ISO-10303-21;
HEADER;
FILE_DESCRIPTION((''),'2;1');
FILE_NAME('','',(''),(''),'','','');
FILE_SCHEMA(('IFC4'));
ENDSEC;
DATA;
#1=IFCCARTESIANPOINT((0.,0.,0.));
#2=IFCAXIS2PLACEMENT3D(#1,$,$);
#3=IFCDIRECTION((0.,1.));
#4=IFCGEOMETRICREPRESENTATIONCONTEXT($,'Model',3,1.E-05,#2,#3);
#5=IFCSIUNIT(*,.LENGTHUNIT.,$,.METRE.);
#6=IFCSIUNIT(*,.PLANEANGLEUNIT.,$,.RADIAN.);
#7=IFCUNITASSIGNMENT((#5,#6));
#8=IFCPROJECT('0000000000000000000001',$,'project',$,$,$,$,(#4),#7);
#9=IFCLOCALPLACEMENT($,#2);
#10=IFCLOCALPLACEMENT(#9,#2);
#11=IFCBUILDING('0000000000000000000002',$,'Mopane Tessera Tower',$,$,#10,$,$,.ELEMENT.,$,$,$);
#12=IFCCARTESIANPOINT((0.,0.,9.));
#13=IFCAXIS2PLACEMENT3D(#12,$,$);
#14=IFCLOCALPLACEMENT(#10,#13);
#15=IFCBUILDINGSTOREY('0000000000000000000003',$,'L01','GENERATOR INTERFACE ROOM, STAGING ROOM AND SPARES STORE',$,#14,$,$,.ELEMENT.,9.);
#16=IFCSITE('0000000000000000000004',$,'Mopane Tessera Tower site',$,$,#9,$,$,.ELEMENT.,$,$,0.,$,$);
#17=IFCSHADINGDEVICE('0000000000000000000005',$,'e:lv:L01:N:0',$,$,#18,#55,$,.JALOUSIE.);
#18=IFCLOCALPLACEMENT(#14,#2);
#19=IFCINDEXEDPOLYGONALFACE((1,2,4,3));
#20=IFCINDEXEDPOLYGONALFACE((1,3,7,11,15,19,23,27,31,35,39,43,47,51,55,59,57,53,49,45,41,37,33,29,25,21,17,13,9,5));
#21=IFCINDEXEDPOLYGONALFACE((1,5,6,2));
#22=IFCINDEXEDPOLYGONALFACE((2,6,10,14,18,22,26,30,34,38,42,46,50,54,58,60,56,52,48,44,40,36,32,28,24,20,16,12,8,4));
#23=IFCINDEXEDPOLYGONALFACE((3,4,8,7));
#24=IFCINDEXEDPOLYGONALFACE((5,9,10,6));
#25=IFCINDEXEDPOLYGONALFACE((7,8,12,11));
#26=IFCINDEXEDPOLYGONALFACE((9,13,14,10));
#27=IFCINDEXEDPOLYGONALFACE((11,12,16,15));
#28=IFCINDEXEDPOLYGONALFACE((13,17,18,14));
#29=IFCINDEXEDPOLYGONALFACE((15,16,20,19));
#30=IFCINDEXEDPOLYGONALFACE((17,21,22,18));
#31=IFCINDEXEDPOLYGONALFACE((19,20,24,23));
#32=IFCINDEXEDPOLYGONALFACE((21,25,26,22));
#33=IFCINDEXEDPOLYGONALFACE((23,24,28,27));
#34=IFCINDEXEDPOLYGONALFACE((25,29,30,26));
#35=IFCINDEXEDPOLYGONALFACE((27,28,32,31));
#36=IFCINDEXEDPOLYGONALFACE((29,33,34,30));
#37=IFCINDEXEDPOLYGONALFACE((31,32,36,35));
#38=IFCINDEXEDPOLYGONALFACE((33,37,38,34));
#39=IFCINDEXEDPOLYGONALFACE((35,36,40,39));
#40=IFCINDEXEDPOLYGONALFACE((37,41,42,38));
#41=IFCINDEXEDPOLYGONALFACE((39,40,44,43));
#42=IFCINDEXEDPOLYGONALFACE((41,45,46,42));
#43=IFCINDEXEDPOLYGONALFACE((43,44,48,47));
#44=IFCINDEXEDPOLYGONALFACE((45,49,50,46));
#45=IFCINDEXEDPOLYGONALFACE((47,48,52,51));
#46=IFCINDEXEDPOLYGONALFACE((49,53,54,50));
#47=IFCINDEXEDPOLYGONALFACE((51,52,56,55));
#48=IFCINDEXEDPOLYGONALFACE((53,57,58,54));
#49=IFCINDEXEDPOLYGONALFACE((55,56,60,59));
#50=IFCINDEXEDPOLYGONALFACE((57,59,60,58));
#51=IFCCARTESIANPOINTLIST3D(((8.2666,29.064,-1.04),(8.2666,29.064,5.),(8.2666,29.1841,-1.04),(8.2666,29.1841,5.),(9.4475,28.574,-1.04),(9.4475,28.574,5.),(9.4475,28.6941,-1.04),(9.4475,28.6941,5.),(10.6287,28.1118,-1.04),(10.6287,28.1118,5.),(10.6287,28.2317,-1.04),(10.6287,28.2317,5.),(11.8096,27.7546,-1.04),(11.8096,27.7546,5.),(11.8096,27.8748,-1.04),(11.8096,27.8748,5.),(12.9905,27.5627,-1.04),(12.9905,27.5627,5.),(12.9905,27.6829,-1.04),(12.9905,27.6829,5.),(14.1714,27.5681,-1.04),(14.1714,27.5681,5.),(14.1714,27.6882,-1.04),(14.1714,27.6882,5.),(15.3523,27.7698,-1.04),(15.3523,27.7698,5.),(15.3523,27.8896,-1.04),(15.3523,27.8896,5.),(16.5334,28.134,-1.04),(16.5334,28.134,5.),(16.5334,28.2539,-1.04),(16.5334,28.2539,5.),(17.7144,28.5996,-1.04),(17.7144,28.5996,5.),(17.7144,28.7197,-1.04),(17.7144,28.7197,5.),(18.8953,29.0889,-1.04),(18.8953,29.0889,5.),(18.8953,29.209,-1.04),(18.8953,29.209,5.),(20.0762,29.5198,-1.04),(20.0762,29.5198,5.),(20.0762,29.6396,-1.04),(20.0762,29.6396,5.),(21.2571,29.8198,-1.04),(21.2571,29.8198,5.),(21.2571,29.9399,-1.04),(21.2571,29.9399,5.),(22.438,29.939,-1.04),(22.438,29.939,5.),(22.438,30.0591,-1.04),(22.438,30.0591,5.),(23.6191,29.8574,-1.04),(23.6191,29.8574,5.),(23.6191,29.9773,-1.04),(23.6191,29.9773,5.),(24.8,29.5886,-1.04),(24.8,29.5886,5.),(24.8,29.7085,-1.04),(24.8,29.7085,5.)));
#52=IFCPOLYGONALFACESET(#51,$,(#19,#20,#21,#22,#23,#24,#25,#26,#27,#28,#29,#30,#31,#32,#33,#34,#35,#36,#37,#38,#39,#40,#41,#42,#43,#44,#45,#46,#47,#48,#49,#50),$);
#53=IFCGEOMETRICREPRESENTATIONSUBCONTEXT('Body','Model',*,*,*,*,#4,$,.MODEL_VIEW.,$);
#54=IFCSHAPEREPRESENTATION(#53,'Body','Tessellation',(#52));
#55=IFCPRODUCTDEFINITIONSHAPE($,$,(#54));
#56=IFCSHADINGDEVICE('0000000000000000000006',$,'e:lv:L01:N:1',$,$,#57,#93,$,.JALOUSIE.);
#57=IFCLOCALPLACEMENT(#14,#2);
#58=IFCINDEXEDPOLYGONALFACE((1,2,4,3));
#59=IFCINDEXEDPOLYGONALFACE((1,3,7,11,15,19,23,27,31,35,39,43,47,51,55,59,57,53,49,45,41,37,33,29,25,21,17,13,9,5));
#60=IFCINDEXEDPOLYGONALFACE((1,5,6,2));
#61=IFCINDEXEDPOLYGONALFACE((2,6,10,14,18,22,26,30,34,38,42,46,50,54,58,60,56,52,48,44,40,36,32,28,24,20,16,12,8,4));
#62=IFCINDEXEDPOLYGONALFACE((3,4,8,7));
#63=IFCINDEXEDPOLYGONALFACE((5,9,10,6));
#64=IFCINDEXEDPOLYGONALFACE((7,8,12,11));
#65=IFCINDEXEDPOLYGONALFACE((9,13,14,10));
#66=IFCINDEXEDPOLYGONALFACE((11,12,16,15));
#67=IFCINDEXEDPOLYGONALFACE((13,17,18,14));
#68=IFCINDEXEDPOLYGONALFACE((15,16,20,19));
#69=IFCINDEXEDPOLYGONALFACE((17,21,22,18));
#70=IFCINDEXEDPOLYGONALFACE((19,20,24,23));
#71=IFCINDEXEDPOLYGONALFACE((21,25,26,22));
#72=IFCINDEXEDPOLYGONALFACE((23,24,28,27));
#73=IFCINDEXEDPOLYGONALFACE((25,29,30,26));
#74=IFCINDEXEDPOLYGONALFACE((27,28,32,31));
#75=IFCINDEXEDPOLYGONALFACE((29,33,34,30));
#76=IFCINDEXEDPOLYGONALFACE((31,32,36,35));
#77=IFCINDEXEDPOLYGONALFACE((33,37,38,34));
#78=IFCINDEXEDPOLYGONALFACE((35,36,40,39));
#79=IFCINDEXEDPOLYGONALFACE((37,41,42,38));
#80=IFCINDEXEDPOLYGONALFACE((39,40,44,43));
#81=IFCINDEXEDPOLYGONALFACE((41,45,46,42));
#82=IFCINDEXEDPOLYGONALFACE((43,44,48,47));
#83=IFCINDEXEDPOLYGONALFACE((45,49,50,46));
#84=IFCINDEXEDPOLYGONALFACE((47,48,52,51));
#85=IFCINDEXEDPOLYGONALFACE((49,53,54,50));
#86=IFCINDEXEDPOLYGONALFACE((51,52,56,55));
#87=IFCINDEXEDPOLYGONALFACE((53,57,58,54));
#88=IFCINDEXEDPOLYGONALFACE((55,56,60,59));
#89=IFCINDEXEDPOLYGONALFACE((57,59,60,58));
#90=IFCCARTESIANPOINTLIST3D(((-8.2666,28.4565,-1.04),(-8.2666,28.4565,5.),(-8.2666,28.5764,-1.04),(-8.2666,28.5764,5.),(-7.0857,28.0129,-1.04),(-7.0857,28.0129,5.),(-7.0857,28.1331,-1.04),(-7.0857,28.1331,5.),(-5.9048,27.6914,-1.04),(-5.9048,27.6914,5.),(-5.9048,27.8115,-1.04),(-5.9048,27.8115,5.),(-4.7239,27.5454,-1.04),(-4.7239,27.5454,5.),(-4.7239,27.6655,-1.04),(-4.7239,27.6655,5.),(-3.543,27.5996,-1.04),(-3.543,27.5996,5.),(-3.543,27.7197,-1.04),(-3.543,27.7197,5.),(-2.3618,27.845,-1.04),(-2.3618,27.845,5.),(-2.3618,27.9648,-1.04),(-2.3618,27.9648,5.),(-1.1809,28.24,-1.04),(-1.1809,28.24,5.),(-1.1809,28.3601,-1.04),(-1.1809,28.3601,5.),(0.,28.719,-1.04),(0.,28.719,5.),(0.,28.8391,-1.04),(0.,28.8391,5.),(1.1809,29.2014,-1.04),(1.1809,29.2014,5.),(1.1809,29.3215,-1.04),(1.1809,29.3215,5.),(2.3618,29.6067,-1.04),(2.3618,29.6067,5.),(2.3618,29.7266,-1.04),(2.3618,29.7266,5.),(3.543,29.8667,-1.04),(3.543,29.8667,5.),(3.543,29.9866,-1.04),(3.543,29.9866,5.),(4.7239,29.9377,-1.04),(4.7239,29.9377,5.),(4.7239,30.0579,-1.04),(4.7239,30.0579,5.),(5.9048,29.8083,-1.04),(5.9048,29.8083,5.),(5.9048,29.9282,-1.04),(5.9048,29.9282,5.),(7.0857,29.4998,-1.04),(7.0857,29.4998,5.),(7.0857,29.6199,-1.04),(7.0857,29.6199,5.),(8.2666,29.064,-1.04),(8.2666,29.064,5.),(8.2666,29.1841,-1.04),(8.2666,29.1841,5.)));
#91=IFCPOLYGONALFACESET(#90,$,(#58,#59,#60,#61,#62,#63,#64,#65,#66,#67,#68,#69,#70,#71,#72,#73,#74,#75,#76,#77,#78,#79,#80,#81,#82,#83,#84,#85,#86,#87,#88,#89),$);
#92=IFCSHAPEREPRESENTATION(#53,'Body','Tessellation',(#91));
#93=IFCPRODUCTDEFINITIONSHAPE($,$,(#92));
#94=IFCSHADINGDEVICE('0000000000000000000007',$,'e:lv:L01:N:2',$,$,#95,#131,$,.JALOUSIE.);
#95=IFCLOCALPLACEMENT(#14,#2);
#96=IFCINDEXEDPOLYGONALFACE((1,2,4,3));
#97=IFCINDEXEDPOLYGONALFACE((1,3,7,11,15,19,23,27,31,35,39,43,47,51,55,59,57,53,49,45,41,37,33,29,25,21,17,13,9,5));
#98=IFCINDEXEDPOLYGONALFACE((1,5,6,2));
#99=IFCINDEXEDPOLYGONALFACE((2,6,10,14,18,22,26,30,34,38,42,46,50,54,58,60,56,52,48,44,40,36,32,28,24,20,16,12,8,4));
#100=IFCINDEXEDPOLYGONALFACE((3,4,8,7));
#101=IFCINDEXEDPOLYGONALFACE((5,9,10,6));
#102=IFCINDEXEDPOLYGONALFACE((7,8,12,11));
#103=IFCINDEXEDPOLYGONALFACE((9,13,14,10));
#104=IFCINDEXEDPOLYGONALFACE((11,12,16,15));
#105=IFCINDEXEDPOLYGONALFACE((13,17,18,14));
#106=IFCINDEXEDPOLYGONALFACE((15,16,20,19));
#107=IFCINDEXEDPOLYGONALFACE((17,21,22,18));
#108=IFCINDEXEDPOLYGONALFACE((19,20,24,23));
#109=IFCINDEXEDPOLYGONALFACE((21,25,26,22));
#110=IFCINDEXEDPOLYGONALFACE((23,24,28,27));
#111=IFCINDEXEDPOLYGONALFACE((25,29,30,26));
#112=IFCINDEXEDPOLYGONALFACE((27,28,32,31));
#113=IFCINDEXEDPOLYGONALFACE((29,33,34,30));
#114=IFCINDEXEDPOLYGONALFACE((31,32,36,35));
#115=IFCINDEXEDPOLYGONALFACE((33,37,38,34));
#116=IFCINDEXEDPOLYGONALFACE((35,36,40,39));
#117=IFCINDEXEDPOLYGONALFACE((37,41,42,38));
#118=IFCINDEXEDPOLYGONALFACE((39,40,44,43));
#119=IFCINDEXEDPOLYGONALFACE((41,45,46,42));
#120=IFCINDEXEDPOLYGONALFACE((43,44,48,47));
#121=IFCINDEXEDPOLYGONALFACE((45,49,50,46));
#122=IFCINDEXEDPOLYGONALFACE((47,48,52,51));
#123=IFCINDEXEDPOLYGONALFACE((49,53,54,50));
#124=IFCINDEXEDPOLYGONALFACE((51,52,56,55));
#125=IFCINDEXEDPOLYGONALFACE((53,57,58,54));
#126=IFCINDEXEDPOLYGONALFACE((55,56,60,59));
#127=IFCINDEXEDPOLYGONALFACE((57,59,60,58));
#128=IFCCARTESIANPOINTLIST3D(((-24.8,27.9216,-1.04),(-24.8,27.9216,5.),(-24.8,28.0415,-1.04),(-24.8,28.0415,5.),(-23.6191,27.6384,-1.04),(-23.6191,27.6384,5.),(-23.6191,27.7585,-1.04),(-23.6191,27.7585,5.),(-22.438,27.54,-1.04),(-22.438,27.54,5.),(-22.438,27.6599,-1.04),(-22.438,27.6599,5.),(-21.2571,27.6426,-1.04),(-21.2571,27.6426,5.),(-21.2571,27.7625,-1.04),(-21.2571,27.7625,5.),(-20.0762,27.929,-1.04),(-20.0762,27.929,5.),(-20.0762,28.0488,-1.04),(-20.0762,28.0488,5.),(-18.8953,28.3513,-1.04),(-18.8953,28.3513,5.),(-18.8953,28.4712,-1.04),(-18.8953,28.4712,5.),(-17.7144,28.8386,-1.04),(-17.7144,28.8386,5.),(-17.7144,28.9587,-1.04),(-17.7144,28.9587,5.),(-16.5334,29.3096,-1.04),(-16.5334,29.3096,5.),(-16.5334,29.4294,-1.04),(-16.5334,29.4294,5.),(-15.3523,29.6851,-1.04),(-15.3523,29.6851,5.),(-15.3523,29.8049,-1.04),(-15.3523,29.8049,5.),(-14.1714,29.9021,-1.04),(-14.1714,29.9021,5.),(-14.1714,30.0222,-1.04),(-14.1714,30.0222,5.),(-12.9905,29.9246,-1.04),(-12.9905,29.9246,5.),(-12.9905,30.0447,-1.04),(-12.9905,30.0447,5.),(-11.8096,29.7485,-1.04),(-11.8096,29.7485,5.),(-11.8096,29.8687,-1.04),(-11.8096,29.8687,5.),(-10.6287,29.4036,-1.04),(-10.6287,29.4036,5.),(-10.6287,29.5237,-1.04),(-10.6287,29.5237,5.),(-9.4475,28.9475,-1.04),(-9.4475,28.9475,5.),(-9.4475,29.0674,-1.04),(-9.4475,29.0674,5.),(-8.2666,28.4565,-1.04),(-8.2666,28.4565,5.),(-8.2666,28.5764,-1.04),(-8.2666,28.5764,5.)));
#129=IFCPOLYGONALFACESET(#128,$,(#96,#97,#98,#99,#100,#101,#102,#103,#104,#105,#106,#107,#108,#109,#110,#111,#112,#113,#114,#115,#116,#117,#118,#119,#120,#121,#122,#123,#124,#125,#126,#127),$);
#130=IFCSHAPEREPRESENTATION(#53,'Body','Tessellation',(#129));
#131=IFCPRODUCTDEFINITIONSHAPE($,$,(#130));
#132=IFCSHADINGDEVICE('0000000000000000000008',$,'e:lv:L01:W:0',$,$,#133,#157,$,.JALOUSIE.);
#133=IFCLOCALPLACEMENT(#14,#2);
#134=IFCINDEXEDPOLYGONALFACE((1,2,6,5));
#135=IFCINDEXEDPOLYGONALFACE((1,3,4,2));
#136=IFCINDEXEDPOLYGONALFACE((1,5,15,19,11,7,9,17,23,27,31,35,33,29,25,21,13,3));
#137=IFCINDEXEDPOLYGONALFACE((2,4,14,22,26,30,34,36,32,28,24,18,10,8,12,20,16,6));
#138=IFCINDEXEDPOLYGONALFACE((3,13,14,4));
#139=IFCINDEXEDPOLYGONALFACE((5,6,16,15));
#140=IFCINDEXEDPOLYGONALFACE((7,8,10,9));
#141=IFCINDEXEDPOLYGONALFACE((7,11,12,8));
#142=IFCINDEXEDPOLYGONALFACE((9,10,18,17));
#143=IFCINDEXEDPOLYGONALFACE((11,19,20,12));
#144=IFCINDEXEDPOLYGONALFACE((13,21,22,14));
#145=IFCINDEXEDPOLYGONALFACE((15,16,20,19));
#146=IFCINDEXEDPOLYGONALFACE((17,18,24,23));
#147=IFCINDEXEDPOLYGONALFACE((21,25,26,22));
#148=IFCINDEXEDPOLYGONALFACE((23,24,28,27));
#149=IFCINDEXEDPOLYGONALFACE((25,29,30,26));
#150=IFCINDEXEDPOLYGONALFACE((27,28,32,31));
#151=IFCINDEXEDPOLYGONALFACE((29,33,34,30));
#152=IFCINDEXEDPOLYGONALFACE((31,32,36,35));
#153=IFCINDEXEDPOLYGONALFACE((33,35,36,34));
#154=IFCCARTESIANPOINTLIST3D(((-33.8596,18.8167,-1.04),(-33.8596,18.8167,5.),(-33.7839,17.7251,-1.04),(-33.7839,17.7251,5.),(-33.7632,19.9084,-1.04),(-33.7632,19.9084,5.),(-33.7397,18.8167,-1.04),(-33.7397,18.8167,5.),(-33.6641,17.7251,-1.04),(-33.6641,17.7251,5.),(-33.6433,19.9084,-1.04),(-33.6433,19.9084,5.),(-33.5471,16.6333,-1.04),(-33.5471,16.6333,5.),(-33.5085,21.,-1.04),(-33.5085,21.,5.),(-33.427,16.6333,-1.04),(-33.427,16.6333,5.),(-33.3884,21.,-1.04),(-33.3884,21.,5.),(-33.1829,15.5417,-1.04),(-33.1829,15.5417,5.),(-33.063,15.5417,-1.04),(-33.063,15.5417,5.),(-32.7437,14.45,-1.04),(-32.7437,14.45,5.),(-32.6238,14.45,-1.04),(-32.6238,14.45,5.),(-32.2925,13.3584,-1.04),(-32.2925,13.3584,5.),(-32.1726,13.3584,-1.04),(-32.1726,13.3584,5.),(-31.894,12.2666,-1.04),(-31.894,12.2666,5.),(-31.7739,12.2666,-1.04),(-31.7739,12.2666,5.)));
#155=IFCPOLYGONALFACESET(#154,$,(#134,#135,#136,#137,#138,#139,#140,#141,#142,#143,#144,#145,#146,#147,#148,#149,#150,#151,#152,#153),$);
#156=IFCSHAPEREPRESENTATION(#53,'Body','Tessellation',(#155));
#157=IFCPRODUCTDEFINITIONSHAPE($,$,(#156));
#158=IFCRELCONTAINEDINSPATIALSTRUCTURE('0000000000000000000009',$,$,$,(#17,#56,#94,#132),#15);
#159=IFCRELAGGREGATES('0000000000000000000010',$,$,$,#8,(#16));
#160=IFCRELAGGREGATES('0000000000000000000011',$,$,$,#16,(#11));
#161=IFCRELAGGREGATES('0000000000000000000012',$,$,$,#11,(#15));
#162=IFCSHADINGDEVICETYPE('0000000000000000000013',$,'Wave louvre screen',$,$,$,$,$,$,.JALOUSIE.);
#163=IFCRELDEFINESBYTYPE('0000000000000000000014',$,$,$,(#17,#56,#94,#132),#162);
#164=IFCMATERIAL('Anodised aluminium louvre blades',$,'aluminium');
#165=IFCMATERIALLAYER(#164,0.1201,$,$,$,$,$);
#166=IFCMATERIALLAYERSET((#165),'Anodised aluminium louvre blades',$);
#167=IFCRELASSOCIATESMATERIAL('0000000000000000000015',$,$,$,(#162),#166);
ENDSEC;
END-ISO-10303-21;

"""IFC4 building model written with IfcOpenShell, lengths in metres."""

from ifc_helpers import new_model, si_unit, direction, frame, origin, place, context, subcontext, project, spatial, polyline, outline, extrude, material, layer, layer_set, type_object, element, save


model = new_model("IFC4")

# Units and contexts
model_context = context("Model", 3, precision=1e-05, world=origin(), true_north=direction((0.0, 1.0)))
body_context = subcontext(model_context, "Body", "Model", "MODEL_VIEW")
ifc_project = project(units=[si_unit("LENGTHUNIT", "METRE"), si_unit("PLANEANGLEUNIT", "RADIAN")], contexts=[model_context])

# Site, building, storey
site_placement = place(None, origin())
site = spatial("IfcSite", under=ifc_project, at=site_placement, Name="Mopane Tessera Tower site", CompositionType="ELEMENT", RefElevation=0.0)
building_placement = place(site_placement, origin())
building = spatial("IfcBuilding", under=site, at=building_placement, Name="Mopane Tessera Tower", CompositionType="ELEMENT")
storey_placement = place(building_placement, frame((0.0, 0.0, 9.0)))
storey = spatial("IfcBuildingStorey", under=building, at=storey_placement, Name="L01", Description="GENERATOR INTERFACE ROOM, STAGING ROOM AND SPARES STORE", CompositionType="ELEMENT", Elevation=9.0)

# Shading devices
ifc_material_1 = material(Name="Anodised aluminium louvre blades", Category="aluminium")
ifc_layer_1 = layer(ifc_material_1, 0.1201)
ifc_layer_set_1 = layer_set([ifc_layer_1], Name="Anodised aluminium louvre blades")
shading_device_type = type_object("IfcShadingDeviceType", Name="Wave louvre screen", PredefinedType="JALOUSIE", material=ifc_layer_set_1)
shading_device_1_placement = place(storey_placement, frame((0.0, 0.0, -1.04)))
element("IfcShadingDevice", 1, at=shading_device_1_placement, inside=storey, type_object=shading_device_type, Name="e:lv:L01:N:0", PredefinedType="JALOUSIE", context=body_context, shape_type="SweptSolid", body=[
    extrude(outline(polyline([(24.8, 29.5886), (23.6191, 29.8574), (22.438, 29.939), (21.2571, 29.8198), (20.0762, 29.5198), (18.8953, 29.0889), (17.7144, 28.5996), (16.5334, 28.134), (15.3523, 27.7698), (14.1714, 27.5681), (12.9905, 27.5627), (11.8096, 27.7546), (10.6287, 28.1118), (9.4475, 28.574), (8.2666, 29.064), (8.2666, 29.1841), (9.4475, 28.6941), (10.6287, 28.2317), (11.8096, 27.8748), (12.9905, 27.6829), (14.1714, 27.6882), (15.3523, 27.8896), (16.5334, 28.2539), (17.7144, 28.7197), (18.8953, 29.209), (20.0762, 29.6396), (21.2571, 29.9399), (22.438, 30.0591), (23.6191, 29.9773), (24.8, 29.7085), (24.8, 29.5886)])), origin(), (0.0, 0.0, 1.0), 6.04),
])
shading_device_2_placement = place(storey_placement, frame((0.0, 0.0, -1.04)))
element("IfcShadingDevice", 2, at=shading_device_2_placement, inside=storey, type_object=shading_device_type, Name="e:lv:L01:N:1", PredefinedType="JALOUSIE", context=body_context, shape_type="SweptSolid", body=[
    extrude(outline(polyline([(8.2666, 29.064), (7.0857, 29.4998), (5.9048, 29.8083), (4.7239, 29.9377), (3.543, 29.8667), (2.3618, 29.6067), (1.1809, 29.2014), (0.0, 28.719), (-1.1809, 28.24), (-2.3618, 27.845), (-3.543, 27.5996), (-4.7239, 27.5454), (-5.9048, 27.6914), (-7.0857, 28.0129), (-8.2666, 28.4565), (-8.2666, 28.5764), (-7.0857, 28.1331), (-5.9048, 27.8115), (-4.7239, 27.6655), (-3.543, 27.7197), (-2.3618, 27.9648), (-1.1809, 28.3601), (0.0, 28.8391), (1.1809, 29.3215), (2.3618, 29.7266), (3.543, 29.9866), (4.7239, 30.0579), (5.9048, 29.9282), (7.0857, 29.6199), (8.2666, 29.1841), (8.2666, 29.064)])), origin(), (0.0, 0.0, 1.0), 6.04),
])
shading_device_3_placement = place(storey_placement, frame((0.0, 0.0, -1.04)))
element("IfcShadingDevice", 3, at=shading_device_3_placement, inside=storey, type_object=shading_device_type, Name="e:lv:L01:N:2", PredefinedType="JALOUSIE", context=body_context, shape_type="SweptSolid", body=[
    extrude(outline(polyline([(-8.2666, 28.4565), (-9.4475, 28.9475), (-10.6287, 29.4036), (-11.8096, 29.7485), (-12.9905, 29.9246), (-14.1714, 29.9021), (-15.3523, 29.6851), (-16.5334, 29.3096), (-17.7144, 28.8386), (-18.8953, 28.3513), (-20.0762, 27.929), (-21.2571, 27.6426), (-22.438, 27.54), (-23.6191, 27.6384), (-24.8, 27.9216), (-24.8, 28.0415), (-23.6191, 27.7585), (-22.438, 27.6599), (-21.2571, 27.7625), (-20.0762, 28.0488), (-18.8953, 28.4712), (-17.7144, 28.9587), (-16.5334, 29.4294), (-15.3523, 29.8049), (-14.1714, 30.0222), (-12.9905, 30.0447), (-11.8096, 29.8687), (-10.6287, 29.5237), (-9.4475, 29.0674), (-8.2666, 28.5764), (-8.2666, 28.4565)])), origin(), (0.0, 0.0, 1.0), 6.04),
])
shading_device_4_placement = place(storey_placement, frame((0.0, 0.0, -1.04)))
element("IfcShadingDevice", 4, at=shading_device_4_placement, inside=storey, type_object=shading_device_type, Name="e:lv:L01:W:0", PredefinedType="JALOUSIE", context=body_context, shape_type="SweptSolid", body=[
    extrude(outline(polyline([(-33.3884, 21.0), (-33.6433, 19.9084), (-33.7397, 18.8167), (-33.6641, 17.7251), (-33.427, 16.6333), (-33.063, 15.5417), (-32.6238, 14.45), (-32.1726, 13.3584), (-31.7739, 12.2666), (-31.894, 12.2666), (-32.2925, 13.3584), (-32.7437, 14.45), (-33.1829, 15.5417), (-33.5471, 16.6333), (-33.7839, 17.7251), (-33.8596, 18.8167), (-33.7632, 19.9084), (-33.5085, 21.0), (-33.3884, 21.0)])), origin(), (0.0, 0.0, 1.0), 6.04),
])

save(model, "model.ifc")
